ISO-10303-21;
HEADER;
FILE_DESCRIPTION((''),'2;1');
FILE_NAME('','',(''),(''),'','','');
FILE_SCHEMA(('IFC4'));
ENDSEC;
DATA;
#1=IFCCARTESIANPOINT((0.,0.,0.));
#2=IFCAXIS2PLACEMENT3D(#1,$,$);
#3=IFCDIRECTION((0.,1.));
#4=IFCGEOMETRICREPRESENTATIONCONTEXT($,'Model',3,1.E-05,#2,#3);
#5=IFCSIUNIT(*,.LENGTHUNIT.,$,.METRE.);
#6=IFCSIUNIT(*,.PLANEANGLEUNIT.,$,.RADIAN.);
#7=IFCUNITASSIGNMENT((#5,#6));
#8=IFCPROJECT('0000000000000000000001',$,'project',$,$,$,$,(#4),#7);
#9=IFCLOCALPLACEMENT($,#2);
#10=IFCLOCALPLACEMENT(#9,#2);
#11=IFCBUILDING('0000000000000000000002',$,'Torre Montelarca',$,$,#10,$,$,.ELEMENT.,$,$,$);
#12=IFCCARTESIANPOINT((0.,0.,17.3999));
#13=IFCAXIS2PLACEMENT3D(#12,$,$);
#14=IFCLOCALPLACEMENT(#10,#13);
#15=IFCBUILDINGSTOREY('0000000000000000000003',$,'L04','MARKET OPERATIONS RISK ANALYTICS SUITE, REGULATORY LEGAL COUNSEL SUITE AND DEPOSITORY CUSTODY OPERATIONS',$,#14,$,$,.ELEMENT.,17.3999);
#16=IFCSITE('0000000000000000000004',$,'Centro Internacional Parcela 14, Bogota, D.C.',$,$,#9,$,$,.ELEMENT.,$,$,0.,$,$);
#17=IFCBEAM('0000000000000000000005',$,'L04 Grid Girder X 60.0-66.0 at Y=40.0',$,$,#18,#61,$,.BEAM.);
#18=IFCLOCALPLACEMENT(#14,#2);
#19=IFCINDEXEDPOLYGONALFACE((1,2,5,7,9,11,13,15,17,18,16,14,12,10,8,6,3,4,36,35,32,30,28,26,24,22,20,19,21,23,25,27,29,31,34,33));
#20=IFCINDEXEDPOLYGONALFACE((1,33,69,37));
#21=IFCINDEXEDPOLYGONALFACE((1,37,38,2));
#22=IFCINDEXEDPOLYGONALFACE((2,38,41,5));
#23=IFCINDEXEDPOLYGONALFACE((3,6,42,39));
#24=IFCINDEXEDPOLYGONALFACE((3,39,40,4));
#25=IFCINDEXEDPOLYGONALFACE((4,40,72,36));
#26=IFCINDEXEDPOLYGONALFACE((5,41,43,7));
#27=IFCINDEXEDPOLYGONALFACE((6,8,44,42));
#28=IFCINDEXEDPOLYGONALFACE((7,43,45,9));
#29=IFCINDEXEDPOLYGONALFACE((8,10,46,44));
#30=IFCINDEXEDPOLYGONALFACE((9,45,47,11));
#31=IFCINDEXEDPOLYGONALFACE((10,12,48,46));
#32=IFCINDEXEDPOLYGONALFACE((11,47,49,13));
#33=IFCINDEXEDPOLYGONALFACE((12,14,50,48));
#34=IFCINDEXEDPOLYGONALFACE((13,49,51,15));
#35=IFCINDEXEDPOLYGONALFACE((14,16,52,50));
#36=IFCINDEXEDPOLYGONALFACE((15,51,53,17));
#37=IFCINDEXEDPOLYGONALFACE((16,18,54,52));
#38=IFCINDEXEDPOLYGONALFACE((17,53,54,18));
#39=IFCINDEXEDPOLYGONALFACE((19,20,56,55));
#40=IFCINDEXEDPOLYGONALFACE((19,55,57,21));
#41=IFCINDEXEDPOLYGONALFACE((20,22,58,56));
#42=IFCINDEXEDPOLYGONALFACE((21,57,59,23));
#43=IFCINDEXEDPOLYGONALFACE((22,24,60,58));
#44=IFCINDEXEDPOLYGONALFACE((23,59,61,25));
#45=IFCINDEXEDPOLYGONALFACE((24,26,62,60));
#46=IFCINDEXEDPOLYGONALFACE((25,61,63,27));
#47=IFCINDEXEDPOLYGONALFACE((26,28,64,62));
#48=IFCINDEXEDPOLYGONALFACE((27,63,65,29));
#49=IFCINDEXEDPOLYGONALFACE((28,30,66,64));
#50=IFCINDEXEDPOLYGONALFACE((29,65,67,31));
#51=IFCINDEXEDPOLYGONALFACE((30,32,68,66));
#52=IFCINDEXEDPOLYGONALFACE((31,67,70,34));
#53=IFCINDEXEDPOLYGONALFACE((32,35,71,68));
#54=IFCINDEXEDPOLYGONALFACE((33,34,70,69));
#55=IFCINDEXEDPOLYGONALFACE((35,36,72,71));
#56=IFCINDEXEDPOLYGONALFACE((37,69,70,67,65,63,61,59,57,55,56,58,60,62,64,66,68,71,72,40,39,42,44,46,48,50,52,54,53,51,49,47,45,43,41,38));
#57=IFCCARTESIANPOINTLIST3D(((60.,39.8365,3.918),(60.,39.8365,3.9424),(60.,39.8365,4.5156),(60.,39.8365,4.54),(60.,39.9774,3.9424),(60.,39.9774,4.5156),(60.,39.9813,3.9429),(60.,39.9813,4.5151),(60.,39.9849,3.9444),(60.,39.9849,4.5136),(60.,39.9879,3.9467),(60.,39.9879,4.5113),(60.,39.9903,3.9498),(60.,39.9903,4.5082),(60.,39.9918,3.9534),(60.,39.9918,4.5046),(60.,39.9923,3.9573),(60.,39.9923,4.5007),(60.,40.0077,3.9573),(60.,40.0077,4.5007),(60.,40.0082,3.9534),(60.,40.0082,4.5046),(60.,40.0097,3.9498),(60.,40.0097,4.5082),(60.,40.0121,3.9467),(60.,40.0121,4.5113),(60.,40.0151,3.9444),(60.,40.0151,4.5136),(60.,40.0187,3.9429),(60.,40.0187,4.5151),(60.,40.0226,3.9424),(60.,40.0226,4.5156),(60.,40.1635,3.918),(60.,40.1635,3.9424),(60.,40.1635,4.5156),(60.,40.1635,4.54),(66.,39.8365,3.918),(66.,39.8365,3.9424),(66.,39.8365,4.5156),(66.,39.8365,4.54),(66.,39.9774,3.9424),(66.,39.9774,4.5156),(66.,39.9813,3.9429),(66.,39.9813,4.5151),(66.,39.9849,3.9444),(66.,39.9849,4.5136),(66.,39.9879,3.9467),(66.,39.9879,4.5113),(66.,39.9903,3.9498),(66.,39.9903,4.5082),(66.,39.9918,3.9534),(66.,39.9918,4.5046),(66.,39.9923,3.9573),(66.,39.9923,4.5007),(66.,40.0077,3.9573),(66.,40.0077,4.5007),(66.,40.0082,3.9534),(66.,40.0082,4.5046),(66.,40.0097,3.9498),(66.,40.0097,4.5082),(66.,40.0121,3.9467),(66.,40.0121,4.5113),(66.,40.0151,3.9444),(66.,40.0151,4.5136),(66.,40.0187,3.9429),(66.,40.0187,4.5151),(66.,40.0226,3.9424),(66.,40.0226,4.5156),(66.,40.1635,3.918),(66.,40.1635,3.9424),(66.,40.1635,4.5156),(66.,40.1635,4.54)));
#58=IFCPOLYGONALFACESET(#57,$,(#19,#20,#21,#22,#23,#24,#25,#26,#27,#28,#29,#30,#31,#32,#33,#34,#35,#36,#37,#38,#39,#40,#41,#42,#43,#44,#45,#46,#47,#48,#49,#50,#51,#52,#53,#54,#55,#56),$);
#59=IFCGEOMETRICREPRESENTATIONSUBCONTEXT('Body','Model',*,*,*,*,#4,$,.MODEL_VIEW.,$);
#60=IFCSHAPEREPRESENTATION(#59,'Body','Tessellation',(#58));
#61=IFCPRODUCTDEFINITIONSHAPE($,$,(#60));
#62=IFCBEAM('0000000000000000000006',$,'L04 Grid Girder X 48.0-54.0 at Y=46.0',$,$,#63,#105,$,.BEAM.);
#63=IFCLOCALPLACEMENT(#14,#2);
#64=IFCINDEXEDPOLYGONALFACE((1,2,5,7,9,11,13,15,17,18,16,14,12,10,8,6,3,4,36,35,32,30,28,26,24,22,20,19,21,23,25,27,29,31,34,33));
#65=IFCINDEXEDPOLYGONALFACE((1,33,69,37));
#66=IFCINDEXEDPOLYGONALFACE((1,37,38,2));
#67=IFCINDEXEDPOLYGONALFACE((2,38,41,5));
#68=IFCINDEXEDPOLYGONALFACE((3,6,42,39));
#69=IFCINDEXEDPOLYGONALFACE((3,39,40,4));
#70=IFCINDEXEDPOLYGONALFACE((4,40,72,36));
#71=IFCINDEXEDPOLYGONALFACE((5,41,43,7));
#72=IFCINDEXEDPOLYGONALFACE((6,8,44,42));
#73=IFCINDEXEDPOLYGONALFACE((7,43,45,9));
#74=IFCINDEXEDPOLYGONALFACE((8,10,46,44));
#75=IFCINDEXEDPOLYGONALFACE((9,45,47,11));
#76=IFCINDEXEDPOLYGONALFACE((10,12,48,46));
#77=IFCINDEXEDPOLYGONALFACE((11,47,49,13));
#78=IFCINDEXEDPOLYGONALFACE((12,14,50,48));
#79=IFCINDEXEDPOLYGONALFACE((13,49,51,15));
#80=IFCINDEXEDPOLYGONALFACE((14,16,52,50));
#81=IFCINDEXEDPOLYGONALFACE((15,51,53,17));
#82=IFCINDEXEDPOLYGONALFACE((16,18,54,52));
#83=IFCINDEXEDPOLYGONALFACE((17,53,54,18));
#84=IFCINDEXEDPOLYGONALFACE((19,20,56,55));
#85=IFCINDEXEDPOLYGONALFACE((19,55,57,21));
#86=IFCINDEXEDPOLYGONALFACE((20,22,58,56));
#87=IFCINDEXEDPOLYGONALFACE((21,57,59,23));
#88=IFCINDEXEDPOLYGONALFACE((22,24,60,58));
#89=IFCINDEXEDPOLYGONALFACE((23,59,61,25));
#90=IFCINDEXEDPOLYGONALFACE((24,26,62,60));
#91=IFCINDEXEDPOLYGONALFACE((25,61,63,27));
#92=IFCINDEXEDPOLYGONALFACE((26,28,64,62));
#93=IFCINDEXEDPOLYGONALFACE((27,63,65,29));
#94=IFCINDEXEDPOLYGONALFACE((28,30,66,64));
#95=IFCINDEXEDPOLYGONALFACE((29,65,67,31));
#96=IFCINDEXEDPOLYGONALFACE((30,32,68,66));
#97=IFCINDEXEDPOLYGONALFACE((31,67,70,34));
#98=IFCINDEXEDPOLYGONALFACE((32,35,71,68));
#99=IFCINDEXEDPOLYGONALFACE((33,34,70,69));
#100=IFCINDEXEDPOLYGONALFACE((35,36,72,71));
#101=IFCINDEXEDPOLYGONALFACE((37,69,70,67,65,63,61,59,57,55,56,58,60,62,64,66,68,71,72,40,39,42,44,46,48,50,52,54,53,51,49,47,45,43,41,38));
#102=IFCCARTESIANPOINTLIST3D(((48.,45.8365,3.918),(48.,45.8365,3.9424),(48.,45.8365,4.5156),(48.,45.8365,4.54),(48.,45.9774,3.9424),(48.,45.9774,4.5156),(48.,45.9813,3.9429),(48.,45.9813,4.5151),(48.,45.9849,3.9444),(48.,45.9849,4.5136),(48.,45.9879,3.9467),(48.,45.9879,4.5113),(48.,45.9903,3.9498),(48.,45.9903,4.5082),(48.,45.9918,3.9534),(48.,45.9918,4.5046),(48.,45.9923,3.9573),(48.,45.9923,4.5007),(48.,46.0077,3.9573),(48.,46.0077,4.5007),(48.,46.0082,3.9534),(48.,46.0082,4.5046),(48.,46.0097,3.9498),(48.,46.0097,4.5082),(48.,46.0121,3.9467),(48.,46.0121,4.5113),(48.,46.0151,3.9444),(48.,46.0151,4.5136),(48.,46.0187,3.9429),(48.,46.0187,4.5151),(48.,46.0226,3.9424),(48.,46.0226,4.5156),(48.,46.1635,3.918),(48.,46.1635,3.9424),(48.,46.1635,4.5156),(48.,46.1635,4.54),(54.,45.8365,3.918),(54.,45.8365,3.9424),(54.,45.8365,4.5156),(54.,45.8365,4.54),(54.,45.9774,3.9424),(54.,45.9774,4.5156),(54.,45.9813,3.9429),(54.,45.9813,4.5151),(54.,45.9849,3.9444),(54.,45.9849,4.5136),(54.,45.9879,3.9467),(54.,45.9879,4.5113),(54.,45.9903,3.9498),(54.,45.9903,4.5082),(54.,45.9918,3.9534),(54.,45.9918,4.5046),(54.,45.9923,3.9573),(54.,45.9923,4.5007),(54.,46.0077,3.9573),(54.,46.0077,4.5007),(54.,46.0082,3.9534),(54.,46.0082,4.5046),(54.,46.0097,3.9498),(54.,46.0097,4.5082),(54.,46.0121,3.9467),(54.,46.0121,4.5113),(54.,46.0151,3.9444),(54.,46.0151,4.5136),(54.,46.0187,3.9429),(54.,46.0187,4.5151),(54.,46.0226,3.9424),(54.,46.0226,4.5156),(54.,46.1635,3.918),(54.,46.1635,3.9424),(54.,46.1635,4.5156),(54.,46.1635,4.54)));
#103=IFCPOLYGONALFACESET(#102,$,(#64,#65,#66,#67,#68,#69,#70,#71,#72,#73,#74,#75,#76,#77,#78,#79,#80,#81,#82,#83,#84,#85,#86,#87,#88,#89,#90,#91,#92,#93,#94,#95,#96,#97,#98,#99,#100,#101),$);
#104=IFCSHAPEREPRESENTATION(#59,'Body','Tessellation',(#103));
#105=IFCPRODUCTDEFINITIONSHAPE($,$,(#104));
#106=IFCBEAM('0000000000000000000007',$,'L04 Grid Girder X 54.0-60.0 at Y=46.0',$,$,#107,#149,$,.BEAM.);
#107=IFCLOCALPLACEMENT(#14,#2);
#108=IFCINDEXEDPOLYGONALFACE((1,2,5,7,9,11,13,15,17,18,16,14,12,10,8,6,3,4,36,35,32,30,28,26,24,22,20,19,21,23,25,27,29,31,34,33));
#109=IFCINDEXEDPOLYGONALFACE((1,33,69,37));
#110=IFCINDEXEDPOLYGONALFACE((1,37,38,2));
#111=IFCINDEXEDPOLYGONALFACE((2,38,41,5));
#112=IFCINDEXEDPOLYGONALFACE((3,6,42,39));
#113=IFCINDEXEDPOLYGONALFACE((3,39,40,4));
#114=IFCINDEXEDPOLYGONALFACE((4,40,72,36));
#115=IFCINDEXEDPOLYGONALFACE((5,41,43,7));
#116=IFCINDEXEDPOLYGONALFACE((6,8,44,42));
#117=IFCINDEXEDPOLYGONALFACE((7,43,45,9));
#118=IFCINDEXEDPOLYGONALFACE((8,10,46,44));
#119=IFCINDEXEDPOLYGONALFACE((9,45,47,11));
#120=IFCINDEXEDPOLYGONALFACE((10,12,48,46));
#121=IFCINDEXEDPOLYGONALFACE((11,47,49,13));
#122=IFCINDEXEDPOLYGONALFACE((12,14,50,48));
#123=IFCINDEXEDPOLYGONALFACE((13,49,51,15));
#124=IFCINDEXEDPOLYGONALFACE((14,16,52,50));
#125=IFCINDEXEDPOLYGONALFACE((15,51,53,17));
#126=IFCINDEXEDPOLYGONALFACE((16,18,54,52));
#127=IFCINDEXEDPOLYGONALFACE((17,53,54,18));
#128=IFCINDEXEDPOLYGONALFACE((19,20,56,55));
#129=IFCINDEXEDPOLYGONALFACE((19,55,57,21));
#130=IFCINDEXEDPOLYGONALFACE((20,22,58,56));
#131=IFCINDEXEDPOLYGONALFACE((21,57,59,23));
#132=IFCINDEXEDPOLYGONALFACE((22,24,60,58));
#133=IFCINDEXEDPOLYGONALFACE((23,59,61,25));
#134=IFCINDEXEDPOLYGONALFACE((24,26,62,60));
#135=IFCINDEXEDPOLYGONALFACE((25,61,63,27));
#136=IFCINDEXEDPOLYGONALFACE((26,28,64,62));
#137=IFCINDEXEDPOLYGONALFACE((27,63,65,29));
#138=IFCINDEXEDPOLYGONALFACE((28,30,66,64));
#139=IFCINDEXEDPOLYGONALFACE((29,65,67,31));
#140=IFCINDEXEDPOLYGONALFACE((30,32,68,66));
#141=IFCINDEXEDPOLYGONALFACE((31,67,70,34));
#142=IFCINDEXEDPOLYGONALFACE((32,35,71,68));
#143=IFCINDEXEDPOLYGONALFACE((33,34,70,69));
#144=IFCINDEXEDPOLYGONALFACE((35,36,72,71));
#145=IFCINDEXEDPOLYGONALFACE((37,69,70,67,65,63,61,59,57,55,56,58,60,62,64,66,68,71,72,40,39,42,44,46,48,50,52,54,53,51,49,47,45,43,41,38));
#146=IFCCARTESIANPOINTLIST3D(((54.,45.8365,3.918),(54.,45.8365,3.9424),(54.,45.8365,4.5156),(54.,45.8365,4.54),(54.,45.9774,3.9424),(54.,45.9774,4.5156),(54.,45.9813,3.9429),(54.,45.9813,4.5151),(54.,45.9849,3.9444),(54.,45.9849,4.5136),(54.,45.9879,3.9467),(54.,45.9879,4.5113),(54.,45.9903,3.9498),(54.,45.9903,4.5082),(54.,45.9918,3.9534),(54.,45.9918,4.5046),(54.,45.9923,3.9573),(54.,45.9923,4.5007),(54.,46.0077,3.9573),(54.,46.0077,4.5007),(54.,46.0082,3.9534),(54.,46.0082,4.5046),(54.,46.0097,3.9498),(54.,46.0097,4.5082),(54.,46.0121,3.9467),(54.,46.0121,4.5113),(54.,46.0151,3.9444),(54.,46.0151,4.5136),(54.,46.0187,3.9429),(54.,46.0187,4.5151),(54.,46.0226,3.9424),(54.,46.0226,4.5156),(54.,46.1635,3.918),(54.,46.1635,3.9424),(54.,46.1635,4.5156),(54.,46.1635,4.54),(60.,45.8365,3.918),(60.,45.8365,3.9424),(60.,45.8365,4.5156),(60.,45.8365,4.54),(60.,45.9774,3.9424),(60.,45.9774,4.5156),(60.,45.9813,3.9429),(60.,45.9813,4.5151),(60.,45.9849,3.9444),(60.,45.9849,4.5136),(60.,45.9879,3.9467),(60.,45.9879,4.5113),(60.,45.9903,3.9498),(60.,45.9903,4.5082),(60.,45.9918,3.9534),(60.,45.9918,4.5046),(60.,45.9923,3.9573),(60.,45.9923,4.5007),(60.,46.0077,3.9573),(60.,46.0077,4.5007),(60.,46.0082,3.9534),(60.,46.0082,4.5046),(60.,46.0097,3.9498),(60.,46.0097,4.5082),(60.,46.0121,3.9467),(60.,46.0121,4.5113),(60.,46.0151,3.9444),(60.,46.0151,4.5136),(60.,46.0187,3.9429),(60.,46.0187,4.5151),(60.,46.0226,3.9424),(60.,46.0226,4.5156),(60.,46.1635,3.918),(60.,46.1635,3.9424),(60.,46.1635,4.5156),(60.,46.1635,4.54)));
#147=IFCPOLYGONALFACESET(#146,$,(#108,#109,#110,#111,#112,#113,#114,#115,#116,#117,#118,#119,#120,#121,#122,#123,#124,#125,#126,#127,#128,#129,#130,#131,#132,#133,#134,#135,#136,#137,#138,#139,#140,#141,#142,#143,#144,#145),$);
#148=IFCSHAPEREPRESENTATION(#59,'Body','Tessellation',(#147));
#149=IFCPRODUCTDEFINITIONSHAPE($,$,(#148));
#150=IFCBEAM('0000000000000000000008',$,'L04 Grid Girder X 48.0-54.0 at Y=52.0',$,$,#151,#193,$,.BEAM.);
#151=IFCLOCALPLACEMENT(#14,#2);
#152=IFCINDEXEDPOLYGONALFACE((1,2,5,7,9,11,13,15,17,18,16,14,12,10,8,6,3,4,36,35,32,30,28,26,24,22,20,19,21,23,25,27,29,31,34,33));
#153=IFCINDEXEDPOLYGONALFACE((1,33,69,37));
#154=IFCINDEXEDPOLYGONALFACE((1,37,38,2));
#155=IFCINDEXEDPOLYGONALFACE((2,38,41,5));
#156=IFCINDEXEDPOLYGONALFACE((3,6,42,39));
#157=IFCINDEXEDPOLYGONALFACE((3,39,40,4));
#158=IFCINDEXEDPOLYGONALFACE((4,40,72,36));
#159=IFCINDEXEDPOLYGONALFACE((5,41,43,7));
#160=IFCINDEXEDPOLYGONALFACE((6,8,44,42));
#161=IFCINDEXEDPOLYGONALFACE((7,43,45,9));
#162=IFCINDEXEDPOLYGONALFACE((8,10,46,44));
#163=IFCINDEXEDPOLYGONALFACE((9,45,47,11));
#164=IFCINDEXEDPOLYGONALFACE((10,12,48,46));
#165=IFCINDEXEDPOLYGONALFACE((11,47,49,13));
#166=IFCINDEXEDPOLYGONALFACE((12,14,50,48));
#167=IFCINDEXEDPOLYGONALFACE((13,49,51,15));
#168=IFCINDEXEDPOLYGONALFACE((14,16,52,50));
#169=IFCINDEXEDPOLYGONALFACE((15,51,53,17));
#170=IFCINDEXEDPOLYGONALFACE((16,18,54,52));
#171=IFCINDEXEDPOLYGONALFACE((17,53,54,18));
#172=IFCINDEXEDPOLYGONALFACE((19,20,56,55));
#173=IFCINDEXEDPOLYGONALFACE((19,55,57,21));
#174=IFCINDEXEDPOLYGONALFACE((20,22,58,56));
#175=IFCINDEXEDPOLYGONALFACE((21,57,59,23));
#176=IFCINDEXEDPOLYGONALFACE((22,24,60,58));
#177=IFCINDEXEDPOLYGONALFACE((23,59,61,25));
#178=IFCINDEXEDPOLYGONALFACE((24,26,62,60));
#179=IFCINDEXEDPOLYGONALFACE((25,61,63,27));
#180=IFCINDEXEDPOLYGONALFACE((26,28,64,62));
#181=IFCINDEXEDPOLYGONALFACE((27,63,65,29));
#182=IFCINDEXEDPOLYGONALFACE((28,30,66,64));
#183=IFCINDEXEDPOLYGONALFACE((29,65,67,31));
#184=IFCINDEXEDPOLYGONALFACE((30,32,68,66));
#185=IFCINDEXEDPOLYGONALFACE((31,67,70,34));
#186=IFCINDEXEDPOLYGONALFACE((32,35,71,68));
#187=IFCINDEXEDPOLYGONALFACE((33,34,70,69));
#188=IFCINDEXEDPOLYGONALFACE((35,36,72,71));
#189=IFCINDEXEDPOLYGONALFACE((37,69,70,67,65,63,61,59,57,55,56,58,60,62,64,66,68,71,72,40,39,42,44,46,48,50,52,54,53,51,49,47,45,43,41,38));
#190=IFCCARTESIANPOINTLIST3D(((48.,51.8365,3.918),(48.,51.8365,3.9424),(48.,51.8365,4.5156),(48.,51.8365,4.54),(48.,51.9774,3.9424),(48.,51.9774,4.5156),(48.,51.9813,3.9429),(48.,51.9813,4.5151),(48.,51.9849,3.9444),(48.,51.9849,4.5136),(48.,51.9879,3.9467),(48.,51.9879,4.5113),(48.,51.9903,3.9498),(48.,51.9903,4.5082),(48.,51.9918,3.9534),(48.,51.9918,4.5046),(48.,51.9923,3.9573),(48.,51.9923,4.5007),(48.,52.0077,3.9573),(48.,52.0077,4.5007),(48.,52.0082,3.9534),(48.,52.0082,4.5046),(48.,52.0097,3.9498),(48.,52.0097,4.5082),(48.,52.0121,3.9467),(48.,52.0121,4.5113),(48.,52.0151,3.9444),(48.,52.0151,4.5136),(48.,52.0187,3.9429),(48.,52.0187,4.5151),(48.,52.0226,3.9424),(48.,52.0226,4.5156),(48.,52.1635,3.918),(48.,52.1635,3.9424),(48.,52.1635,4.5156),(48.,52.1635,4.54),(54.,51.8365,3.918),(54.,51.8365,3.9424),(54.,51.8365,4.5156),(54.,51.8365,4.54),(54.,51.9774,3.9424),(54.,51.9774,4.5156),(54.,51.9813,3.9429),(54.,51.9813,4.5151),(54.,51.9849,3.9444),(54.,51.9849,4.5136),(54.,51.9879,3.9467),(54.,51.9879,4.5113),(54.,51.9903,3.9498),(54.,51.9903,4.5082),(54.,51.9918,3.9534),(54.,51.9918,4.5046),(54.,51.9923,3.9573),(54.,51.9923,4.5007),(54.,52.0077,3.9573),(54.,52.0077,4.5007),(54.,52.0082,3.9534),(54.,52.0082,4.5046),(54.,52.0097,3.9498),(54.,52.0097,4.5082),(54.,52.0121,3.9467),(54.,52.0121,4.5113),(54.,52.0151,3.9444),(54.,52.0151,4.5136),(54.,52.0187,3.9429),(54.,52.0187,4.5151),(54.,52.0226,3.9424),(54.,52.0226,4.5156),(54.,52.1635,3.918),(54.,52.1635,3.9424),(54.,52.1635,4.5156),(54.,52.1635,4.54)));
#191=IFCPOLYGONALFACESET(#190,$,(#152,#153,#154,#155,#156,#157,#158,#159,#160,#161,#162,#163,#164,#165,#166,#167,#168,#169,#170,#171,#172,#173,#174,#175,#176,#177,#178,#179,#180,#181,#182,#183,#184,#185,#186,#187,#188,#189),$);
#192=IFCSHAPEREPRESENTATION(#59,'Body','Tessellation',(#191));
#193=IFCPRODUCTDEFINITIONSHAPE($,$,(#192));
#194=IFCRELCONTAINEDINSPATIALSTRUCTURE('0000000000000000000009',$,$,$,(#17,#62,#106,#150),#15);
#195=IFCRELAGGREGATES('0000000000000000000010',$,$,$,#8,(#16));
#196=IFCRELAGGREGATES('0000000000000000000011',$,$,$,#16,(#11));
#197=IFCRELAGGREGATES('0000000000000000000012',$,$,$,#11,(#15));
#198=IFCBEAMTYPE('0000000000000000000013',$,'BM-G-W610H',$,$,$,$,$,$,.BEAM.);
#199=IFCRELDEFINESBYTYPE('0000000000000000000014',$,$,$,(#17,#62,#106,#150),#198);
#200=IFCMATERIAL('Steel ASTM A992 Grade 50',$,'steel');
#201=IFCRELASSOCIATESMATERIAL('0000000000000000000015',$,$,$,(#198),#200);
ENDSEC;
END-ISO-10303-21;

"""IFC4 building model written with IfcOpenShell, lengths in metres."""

from ifc_helpers import new_model, si_unit, direction, frame, origin, origin_2d, place, context, subcontext, project, spatial, i_section, extrude, source, transform, mapped, material, material_profile, profile_set, type_object, element, save


model = new_model("IFC4")

# Units and contexts
model_context = context("Model", 3, precision=1e-05, world=origin(), true_north=direction((0.0, 1.0)))
body_context = subcontext(model_context, "Body", "Model", "MODEL_VIEW")
ifc_project = project(units=[si_unit("LENGTHUNIT", "METRE"), si_unit("PLANEANGLEUNIT", "RADIAN")], contexts=[model_context])

# Site, building, storey
site_placement = place(None, origin())
site = spatial("IfcSite", under=ifc_project, at=site_placement, Name="Centro Internacional Parcela 14, Bogota, D.C.", CompositionType="ELEMENT", RefElevation=0.0)
building_placement = place(site_placement, origin())
building = spatial("IfcBuilding", under=site, at=building_placement, Name="Torre Montelarca", CompositionType="ELEMENT")
storey_placement = place(building_placement, frame((0.0, 0.0, 17.3999)))
storey = spatial("IfcBuildingStorey", under=building, at=storey_placement, Name="L04", Description="MARKET OPERATIONS RISK ANALYTICS SUITE, REGULATORY LEGAL COUNSEL SUITE AND DEPOSITORY CUSTODY OPERATIONS", CompositionType="ELEMENT", Elevation=17.3999)

# Shared definitions
ifc_material_1 = material(Name="Steel ASTM A992 Grade 50", Category="steel")

# Beams
ifc_material_profile_1 = material_profile(ifc_material_1, i_section(OverallWidth=0.3269, OverallDepth=0.6221, WebThickness=0.0154, FlangeThickness=0.0244, FilletRadius=0.0149, at=origin_2d()), Name="W610X195", Category="steel")
ifc_profile_set_1 = profile_set([ifc_material_profile_1], Name="Steel ASTM A992 Grade 50")
beam_type_1 = type_object("IfcBeamType", Name="BM-G-W610H", PredefinedType="BEAM", material=ifc_profile_set_1)
shared_shape_1 = source(origin(), body_context, "Body", "SweptSolid", [
    extrude(i_section(OverallWidth=0.3269, OverallDepth=0.6221, WebThickness=0.0154, FlangeThickness=0.0244, FilletRadius=0.0149, at=origin_2d()), origin(), (0.0, 0.0, 1.0), 6.0),
])
for number, where, z_axis, x_axis, name in (
    (1, (60.0, 40.0, 4.229), (1.0, 0.0, 0.0), (0.0, 1.0, 0.0), "L04 Grid Girder X 60.0-66.0 at Y=40.0"),
    (2, (48.0, 46.0, 4.229), (1.0, 0.0, 0.0), (0.0, 1.0, 0.0), "L04 Grid Girder X 48.0-54.0 at Y=46.0"),
    (3, (54.0, 46.0, 4.229), (1.0, 0.0, 0.0), (0.0, 1.0, 0.0), "L04 Grid Girder X 54.0-60.0 at Y=46.0"),
    (4, (48.0, 52.0, 4.229), (1.0, 0.0, 0.0), (0.0, 1.0, 0.0), "L04 Grid Girder X 48.0-54.0 at Y=52.0"),
):
    element("IfcBeam", number, at=place(storey_placement, frame(where, z_axis=z_axis, x_axis=x_axis)), inside=storey, type_object=beam_type_1, Name=name, PredefinedType="BEAM", context=body_context, shape_type="MappedRepresentation", body=[
        mapped(shared_shape_1, transform((0.0, 0.0, 0.0), scale=1.0)),
    ])

save(model, "model.ifc")
